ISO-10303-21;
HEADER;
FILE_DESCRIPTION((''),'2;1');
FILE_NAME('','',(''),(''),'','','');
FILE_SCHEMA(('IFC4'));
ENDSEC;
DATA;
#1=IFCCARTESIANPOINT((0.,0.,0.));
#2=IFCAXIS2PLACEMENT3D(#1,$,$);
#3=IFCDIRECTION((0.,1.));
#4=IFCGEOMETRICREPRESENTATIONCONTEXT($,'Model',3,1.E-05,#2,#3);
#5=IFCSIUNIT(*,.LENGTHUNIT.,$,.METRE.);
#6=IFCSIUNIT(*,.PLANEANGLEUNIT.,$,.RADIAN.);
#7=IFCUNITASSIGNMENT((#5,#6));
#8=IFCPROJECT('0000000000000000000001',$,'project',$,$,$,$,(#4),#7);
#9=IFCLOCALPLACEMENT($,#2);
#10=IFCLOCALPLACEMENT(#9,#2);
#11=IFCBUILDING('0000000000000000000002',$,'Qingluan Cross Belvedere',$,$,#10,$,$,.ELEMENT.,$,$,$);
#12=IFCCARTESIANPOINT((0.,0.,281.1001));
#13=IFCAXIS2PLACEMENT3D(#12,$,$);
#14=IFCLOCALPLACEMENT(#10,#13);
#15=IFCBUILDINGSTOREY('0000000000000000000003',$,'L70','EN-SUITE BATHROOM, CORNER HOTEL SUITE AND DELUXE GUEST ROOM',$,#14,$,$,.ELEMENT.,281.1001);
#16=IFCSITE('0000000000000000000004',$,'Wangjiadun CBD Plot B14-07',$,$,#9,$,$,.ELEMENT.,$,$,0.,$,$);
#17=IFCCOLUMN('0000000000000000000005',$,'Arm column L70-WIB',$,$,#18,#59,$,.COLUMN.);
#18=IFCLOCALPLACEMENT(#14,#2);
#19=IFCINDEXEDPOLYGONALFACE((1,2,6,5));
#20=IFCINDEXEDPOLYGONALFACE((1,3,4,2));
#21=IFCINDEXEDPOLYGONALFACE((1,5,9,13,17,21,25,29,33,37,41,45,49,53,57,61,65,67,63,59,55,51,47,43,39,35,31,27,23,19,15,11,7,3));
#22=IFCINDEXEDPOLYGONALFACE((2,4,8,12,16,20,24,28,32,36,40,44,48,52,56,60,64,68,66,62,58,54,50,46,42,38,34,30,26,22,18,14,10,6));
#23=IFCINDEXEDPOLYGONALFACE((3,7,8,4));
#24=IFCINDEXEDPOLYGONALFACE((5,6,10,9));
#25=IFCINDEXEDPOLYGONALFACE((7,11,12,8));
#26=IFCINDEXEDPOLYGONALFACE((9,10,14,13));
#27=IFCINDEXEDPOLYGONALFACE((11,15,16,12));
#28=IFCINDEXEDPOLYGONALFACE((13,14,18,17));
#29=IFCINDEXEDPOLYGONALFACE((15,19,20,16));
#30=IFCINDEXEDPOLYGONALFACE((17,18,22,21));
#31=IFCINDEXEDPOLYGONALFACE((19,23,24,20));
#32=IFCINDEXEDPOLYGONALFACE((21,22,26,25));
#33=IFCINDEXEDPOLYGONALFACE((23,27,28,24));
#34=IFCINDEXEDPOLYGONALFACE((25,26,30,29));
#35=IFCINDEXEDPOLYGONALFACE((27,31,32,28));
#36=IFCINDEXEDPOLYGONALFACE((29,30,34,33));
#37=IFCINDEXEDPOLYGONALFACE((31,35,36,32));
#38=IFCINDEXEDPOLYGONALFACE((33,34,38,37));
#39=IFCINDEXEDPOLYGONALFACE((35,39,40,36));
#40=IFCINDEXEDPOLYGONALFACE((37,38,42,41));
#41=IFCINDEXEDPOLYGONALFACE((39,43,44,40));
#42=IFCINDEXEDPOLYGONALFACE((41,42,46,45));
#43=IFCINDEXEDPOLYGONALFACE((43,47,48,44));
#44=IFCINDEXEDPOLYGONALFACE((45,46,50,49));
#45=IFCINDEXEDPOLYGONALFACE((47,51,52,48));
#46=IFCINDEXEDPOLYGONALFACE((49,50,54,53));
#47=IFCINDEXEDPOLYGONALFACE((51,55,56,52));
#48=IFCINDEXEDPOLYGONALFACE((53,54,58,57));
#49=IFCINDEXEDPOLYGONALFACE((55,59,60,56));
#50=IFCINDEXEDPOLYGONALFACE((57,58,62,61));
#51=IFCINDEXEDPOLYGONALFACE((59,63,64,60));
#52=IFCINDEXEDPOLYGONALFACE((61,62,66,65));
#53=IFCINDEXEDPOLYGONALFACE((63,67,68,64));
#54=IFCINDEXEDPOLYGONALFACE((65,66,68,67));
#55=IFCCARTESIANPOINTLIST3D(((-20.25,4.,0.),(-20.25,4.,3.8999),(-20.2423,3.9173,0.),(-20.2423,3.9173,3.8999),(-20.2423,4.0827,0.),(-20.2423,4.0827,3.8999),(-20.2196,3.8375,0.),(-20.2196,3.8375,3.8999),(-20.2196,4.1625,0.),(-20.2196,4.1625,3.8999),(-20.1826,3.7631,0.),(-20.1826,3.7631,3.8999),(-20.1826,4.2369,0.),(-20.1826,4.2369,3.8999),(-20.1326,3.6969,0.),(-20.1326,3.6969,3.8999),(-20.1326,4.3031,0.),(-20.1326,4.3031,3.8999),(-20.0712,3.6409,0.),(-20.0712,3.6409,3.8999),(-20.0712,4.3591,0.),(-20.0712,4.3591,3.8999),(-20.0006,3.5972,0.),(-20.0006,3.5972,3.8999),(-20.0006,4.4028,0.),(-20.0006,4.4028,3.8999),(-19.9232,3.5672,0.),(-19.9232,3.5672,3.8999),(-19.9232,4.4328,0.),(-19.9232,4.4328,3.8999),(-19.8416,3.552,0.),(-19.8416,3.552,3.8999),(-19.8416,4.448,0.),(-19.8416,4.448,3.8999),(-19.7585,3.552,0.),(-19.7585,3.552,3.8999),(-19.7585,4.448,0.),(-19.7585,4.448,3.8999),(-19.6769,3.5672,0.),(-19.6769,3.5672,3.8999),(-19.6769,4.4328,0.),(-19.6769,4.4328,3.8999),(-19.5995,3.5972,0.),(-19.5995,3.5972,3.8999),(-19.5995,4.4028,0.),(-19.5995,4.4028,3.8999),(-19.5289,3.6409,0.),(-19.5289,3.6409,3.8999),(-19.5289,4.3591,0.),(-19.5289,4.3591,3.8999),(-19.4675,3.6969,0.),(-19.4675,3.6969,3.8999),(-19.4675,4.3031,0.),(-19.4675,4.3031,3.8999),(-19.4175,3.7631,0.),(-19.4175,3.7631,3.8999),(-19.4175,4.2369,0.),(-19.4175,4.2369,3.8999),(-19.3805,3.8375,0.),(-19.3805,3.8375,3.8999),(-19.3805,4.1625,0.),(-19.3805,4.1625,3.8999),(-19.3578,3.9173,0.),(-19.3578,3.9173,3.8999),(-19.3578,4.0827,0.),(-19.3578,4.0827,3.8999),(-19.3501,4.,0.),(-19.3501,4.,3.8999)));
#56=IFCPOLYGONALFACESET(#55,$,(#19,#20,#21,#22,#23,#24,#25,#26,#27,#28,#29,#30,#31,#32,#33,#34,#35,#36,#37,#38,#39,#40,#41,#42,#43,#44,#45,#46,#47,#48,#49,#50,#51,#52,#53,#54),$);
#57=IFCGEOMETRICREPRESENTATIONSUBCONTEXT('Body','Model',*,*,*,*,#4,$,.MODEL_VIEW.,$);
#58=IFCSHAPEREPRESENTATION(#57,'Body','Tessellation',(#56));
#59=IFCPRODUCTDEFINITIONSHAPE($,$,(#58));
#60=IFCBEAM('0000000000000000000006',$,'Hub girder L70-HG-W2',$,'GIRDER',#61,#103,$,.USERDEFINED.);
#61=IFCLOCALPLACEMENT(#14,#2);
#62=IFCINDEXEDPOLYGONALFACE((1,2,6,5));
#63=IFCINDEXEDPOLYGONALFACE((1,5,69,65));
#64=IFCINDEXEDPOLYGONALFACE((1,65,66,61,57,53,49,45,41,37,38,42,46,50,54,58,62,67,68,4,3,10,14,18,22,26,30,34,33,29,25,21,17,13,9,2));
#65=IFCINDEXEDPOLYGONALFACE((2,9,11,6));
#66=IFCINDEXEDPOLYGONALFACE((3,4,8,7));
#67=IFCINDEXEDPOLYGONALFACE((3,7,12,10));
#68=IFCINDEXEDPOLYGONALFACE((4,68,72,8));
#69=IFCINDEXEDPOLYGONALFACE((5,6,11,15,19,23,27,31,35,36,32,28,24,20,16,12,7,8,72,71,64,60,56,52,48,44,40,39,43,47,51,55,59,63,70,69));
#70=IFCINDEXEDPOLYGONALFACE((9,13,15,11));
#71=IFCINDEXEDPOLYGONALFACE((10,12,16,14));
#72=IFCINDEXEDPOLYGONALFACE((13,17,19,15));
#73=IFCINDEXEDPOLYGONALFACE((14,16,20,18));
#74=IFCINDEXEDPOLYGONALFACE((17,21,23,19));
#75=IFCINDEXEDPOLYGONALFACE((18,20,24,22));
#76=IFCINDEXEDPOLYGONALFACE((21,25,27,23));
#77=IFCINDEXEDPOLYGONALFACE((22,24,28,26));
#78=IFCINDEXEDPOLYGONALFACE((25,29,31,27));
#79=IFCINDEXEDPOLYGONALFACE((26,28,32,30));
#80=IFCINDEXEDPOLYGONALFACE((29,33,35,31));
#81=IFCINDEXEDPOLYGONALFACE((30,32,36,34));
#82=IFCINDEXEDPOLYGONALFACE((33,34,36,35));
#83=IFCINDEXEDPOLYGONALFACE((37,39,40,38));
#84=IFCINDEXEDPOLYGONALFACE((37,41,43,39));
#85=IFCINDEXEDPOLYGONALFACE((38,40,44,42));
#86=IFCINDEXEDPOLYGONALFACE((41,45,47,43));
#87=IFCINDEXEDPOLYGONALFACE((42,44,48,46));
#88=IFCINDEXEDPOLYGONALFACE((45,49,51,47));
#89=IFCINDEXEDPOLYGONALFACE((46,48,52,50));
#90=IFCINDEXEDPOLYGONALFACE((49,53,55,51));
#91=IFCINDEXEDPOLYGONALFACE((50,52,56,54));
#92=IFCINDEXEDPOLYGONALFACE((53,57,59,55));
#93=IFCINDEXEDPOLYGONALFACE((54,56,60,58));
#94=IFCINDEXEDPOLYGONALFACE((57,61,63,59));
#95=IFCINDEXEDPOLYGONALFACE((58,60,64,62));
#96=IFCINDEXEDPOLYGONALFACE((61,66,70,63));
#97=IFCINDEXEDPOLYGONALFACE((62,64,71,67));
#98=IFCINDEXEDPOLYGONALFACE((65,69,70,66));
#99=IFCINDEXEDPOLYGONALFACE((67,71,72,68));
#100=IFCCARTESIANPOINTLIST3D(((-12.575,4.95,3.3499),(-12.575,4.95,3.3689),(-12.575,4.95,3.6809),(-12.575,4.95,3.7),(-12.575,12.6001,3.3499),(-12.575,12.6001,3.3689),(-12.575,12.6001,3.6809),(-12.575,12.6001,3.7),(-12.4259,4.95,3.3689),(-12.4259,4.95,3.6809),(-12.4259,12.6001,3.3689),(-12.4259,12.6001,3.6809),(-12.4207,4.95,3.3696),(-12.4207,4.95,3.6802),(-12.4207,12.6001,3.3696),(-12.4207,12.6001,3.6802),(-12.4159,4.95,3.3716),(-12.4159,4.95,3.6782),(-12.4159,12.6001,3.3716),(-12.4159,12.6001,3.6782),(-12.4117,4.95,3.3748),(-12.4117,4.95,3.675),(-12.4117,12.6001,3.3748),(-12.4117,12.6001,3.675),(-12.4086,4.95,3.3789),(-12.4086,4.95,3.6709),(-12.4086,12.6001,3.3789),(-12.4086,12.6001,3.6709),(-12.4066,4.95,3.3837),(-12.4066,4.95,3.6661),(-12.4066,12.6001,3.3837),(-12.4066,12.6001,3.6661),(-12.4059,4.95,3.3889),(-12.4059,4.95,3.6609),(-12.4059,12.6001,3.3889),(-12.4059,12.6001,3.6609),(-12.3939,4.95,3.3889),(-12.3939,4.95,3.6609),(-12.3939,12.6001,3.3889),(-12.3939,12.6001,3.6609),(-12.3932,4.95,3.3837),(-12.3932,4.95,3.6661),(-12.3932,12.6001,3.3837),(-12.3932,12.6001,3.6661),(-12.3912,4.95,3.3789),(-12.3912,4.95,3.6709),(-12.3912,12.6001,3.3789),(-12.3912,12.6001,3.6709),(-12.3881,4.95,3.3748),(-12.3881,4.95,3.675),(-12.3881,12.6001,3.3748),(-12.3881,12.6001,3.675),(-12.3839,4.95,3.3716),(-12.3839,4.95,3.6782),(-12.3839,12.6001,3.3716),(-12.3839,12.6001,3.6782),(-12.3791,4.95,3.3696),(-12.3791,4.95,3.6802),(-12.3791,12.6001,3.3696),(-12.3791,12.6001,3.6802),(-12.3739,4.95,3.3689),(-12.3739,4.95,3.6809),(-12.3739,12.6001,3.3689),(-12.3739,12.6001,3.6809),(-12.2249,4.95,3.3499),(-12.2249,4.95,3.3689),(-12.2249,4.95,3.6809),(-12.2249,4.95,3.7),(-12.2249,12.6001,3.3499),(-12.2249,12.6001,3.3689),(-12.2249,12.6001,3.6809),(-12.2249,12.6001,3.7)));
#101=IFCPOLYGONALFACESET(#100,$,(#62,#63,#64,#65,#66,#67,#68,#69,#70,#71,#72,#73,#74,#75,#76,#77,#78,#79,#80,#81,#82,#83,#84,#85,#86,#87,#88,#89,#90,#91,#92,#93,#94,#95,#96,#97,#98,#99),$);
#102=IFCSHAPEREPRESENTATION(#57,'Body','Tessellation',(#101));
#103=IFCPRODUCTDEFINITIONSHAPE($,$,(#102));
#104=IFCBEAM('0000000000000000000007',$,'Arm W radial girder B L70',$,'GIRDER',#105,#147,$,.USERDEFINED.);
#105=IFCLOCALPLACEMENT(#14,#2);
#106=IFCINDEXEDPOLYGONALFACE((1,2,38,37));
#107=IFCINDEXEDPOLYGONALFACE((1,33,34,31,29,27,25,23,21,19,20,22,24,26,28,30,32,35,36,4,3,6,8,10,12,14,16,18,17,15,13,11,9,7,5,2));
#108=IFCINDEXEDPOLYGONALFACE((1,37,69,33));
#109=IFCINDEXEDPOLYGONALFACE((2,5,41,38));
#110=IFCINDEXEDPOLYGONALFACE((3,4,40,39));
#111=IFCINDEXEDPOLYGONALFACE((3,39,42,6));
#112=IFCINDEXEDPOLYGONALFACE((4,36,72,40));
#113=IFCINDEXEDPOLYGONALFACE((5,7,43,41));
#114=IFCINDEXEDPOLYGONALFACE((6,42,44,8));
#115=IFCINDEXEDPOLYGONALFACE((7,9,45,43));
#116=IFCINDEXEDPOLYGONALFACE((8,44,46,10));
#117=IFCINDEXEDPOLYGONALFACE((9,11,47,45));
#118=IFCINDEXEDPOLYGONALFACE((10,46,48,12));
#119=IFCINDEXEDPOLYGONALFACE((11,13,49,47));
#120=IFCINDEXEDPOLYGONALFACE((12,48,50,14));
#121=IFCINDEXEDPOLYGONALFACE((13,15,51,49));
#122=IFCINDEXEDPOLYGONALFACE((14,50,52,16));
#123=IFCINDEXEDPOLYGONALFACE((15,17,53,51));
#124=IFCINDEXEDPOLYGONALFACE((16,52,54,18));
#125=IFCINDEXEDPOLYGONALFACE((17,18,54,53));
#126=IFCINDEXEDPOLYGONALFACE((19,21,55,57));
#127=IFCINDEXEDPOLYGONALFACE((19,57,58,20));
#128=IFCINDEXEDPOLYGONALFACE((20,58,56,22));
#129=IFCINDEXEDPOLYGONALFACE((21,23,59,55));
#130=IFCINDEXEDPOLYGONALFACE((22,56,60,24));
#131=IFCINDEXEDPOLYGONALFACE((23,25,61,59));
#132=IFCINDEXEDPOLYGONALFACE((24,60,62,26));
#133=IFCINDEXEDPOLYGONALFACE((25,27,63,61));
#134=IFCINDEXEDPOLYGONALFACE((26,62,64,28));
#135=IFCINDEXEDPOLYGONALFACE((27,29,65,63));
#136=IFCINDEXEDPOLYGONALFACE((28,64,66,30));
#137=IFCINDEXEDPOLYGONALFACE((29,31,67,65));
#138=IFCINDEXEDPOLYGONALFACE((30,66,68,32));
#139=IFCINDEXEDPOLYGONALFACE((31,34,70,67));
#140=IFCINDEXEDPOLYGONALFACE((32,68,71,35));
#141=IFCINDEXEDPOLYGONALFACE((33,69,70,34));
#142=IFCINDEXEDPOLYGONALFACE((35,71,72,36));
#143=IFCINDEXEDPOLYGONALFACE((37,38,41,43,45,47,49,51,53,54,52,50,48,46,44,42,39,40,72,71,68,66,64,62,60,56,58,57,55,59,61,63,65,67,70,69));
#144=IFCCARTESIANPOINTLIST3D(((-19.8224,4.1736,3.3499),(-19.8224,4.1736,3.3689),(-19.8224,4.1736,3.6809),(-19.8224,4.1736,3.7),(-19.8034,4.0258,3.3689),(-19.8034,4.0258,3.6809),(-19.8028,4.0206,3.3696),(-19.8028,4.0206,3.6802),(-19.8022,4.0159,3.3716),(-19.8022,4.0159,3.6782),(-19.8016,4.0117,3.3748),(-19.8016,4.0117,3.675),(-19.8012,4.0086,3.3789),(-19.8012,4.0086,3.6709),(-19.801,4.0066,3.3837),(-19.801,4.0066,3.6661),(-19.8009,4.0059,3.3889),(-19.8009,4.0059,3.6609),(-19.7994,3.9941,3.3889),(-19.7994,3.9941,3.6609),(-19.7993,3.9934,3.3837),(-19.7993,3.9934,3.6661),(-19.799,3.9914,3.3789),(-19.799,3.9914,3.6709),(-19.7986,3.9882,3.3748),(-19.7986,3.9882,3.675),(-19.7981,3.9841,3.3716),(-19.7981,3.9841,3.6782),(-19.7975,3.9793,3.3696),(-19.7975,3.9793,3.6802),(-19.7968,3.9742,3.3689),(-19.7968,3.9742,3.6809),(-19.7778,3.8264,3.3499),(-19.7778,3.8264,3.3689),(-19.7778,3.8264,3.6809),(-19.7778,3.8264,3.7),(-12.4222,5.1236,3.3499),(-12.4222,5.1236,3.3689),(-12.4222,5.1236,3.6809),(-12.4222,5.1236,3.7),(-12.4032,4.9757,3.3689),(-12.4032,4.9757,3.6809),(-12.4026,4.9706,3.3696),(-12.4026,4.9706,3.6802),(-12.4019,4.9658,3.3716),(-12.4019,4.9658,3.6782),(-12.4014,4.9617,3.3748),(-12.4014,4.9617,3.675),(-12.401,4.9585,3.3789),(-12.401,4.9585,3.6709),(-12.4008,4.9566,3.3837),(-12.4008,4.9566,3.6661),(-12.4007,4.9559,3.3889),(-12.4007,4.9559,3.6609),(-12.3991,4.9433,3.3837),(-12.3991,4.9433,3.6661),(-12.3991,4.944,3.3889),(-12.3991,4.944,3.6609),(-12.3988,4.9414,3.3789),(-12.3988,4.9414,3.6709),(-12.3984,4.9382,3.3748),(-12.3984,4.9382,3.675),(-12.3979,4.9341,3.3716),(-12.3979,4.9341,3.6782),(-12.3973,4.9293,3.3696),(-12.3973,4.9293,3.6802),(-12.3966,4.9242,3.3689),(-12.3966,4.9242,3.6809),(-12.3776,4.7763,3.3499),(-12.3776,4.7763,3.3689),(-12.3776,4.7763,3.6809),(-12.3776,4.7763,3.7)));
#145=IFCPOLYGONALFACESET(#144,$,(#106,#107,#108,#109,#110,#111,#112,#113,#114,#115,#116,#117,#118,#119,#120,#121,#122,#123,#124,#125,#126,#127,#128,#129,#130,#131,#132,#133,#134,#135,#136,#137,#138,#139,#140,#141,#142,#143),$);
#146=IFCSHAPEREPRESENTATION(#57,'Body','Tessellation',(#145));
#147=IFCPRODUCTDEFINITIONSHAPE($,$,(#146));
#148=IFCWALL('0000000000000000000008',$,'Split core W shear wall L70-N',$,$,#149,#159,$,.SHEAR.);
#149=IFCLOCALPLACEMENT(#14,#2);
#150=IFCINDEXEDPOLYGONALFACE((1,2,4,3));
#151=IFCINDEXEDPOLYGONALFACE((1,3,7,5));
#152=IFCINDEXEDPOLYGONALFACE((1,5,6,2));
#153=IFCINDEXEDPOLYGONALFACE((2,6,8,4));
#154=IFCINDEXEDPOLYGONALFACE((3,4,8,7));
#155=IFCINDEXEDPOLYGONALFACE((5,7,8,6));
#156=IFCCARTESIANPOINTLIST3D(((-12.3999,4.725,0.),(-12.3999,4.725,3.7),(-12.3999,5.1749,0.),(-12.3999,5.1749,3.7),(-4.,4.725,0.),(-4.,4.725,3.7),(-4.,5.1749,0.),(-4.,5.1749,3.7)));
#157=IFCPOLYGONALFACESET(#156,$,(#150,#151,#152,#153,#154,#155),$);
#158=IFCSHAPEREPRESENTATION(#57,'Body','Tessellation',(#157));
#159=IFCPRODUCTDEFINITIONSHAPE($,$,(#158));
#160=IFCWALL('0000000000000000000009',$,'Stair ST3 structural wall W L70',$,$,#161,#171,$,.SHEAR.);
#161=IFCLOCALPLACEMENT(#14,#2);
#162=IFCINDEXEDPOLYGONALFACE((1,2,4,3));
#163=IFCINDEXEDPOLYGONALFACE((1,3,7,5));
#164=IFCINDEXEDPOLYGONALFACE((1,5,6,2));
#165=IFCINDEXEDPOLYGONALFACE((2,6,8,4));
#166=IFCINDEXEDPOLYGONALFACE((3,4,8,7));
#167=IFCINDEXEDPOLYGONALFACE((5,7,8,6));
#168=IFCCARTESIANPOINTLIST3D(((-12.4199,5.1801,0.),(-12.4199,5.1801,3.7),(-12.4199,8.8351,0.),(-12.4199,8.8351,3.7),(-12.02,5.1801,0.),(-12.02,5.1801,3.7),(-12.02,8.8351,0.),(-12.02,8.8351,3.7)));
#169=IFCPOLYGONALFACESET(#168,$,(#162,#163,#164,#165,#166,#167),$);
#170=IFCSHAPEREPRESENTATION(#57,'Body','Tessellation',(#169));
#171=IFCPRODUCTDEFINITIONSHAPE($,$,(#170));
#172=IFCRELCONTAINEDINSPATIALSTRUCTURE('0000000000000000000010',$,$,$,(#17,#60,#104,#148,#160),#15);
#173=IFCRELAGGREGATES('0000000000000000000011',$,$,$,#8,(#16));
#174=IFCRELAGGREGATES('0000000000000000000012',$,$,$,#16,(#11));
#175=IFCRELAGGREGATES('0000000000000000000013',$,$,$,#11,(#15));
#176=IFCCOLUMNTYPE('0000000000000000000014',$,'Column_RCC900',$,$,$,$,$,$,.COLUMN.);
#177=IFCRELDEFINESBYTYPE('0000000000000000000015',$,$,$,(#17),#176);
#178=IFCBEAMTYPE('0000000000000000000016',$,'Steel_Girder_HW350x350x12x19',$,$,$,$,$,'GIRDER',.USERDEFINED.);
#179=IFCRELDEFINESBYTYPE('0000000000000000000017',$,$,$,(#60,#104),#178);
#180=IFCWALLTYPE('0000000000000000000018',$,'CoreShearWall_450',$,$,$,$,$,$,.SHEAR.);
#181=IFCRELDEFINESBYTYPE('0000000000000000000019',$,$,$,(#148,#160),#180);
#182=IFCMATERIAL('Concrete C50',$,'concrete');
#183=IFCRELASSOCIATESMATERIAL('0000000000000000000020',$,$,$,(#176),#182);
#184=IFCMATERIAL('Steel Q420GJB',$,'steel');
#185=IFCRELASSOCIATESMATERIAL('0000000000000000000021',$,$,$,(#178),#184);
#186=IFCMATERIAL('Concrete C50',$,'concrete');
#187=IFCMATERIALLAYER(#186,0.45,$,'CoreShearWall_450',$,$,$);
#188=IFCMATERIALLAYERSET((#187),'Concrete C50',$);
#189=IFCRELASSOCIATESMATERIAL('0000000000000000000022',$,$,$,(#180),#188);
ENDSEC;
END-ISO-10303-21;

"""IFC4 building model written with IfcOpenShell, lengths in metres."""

from ifc_helpers import new_model, si_unit, direction, frame, frame_2d, origin, origin_2d, place, context, subcontext, project, spatial, rectangle, circle, i_section, extrude, material, layer, layer_set, material_profile, profile_set, type_object, element, save


model = new_model("IFC4")

# Units and contexts
model_context = context("Model", 3, precision=1e-05, world=origin(), true_north=direction((0.0, 1.0)))
body_context = subcontext(model_context, "Body", "Model", "MODEL_VIEW")
ifc_project = project(units=[si_unit("LENGTHUNIT", "METRE"), si_unit("PLANEANGLEUNIT", "RADIAN")], contexts=[model_context])

# Site, building, storey
site_placement = place(None, origin())
site = spatial("IfcSite", under=ifc_project, at=site_placement, Name="Wangjiadun CBD Plot B14-07", CompositionType="ELEMENT", RefElevation=0.0)
building_placement = place(site_placement, origin())
building = spatial("IfcBuilding", under=site, at=building_placement, Name="Qingluan Cross Belvedere", CompositionType="ELEMENT")
storey_placement = place(building_placement, frame((0.0, 0.0, 281.1001)))
storey = spatial("IfcBuildingStorey", under=building, at=storey_placement, Name="L70", Description="EN-SUITE BATHROOM, CORNER HOTEL SUITE AND DELUXE GUEST ROOM", CompositionType="ELEMENT", Elevation=281.1001)

# Column
ifc_material_1 = material(Name="Concrete C50", Category="concrete")
ifc_material_profile_1 = material_profile(ifc_material_1, circle(Radius=0.45, at=origin_2d()), Name="RCC900")
ifc_profile_set_1 = profile_set([ifc_material_profile_1], Name="Concrete C50")
column_type = type_object("IfcColumnType", Name="Column_RCC900", PredefinedType="COLUMN", material=ifc_profile_set_1)
column_placement = place(storey_placement, frame((-19.8, 4.0, 0.0), z_axis=(0.0, 0.0, 1.0), x_axis=(1.0, 0.0, 0.0)))
element("IfcColumn", 1, at=column_placement, inside=storey, type_object=column_type, Name="Arm column L70-WIB", PredefinedType="COLUMN", context=body_context, shape_type="SweptSolid", body=[
    extrude(circle(Radius=0.45, at=origin_2d()), origin(), (0.0, 0.0, 1.0), 3.8999),
])

# Beams
ifc_material_2 = material(Name="Steel Q420GJB", Category="steel")
ifc_material_profile_2 = material_profile(ifc_material_2, i_section(OverallWidth=0.3501, OverallDepth=0.3501, WebThickness=0.012, FlangeThickness=0.019, FilletRadius=0.02, at=origin_2d()), Name="HW350x350x12x19")
ifc_profile_set_2 = profile_set([ifc_material_profile_2], Name="Steel Q420GJB")
beam_type = type_object("IfcBeamType", Name="Steel_Girder_HW350x350x12x19", ElementType="GIRDER", PredefinedType="USERDEFINED", material=ifc_profile_set_2)
beam_1_placement = place(storey_placement, frame((-12.3999, 4.95, 3.5249), z_axis=(0.0, 1.0, 0.0), x_axis=(-1.0, 0.0, 0.0)))
element("IfcBeam", 2, at=beam_1_placement, inside=storey, type_object=beam_type, Name="Hub girder L70-HG-W2", ObjectType="GIRDER", PredefinedType="USERDEFINED", context=body_context, shape_type="SweptSolid", body=[
    extrude(i_section(OverallWidth=0.3501, OverallDepth=0.3501, WebThickness=0.012, FlangeThickness=0.019, FilletRadius=0.02, at=origin_2d()), origin(), (0.0, 0.0, 1.0), 7.6501),
])
beam_2_placement = place(storey_placement, frame((-12.3999, 4.95, 3.5249), z_axis=(-0.991861, -0.127324, 0.0), x_axis=(0.127324, -0.991861, 0.0)))
element("IfcBeam", 3, at=beam_2_placement, inside=storey, type_object=beam_type, Name="Arm W radial girder B L70", ObjectType="GIRDER", PredefinedType="USERDEFINED", context=body_context, shape_type="SweptSolid", body=[
    extrude(i_section(OverallWidth=0.3501, OverallDepth=0.3501, WebThickness=0.012, FlangeThickness=0.019, FilletRadius=0.02, at=origin_2d()), origin(), (0.0, 0.0, 1.0), 7.4609),
])

# Walls
ifc_material_3 = material(Name="Concrete C50", Category="concrete")
ifc_layer_1 = layer(ifc_material_3, 0.45, Name="CoreShearWall_450")
ifc_layer_set_1 = layer_set([ifc_layer_1], Name="Concrete C50")
wall_type_1 = type_object("IfcWallType", Name="CoreShearWall_450", PredefinedType="SHEAR", material=ifc_layer_set_1)
wall_1_placement = place(storey_placement, frame((-12.3999, 4.95, 0.0), z_axis=(0.0, 0.0, 1.0), x_axis=(1.0, 0.0, 0.0)))
element("IfcWall", 4, at=wall_1_placement, inside=storey, type_object=wall_type_1, Name="Split core W shear wall L70-N", PredefinedType="SHEAR", context=body_context, shape_type="SweptSolid", body=[
    extrude(rectangle(XDim=8.3999, YDim=0.45, at=frame_2d((4.2, 0.0))), origin(), (0.0, 0.0, 1.0), 3.7),
])
wall_2_placement = place(storey_placement, frame((-12.22, 5.1799, 0.0), z_axis=(0.0, 0.0, 1.0), x_axis=(0.0, 1.0, 0.0)))
element("IfcWall", 5, at=wall_2_placement, inside=storey, type_object=wall_type_1, Name="Stair ST3 structural wall W L70", PredefinedType="SHEAR", context=body_context, shape_type="SweptSolid", body=[
    extrude(rectangle(XDim=3.655, YDim=0.3999, at=frame_2d((1.8276, 0.0))), origin(), (0.0, 0.0, 1.0), 3.7),
])

save(model, "model.ifc")
